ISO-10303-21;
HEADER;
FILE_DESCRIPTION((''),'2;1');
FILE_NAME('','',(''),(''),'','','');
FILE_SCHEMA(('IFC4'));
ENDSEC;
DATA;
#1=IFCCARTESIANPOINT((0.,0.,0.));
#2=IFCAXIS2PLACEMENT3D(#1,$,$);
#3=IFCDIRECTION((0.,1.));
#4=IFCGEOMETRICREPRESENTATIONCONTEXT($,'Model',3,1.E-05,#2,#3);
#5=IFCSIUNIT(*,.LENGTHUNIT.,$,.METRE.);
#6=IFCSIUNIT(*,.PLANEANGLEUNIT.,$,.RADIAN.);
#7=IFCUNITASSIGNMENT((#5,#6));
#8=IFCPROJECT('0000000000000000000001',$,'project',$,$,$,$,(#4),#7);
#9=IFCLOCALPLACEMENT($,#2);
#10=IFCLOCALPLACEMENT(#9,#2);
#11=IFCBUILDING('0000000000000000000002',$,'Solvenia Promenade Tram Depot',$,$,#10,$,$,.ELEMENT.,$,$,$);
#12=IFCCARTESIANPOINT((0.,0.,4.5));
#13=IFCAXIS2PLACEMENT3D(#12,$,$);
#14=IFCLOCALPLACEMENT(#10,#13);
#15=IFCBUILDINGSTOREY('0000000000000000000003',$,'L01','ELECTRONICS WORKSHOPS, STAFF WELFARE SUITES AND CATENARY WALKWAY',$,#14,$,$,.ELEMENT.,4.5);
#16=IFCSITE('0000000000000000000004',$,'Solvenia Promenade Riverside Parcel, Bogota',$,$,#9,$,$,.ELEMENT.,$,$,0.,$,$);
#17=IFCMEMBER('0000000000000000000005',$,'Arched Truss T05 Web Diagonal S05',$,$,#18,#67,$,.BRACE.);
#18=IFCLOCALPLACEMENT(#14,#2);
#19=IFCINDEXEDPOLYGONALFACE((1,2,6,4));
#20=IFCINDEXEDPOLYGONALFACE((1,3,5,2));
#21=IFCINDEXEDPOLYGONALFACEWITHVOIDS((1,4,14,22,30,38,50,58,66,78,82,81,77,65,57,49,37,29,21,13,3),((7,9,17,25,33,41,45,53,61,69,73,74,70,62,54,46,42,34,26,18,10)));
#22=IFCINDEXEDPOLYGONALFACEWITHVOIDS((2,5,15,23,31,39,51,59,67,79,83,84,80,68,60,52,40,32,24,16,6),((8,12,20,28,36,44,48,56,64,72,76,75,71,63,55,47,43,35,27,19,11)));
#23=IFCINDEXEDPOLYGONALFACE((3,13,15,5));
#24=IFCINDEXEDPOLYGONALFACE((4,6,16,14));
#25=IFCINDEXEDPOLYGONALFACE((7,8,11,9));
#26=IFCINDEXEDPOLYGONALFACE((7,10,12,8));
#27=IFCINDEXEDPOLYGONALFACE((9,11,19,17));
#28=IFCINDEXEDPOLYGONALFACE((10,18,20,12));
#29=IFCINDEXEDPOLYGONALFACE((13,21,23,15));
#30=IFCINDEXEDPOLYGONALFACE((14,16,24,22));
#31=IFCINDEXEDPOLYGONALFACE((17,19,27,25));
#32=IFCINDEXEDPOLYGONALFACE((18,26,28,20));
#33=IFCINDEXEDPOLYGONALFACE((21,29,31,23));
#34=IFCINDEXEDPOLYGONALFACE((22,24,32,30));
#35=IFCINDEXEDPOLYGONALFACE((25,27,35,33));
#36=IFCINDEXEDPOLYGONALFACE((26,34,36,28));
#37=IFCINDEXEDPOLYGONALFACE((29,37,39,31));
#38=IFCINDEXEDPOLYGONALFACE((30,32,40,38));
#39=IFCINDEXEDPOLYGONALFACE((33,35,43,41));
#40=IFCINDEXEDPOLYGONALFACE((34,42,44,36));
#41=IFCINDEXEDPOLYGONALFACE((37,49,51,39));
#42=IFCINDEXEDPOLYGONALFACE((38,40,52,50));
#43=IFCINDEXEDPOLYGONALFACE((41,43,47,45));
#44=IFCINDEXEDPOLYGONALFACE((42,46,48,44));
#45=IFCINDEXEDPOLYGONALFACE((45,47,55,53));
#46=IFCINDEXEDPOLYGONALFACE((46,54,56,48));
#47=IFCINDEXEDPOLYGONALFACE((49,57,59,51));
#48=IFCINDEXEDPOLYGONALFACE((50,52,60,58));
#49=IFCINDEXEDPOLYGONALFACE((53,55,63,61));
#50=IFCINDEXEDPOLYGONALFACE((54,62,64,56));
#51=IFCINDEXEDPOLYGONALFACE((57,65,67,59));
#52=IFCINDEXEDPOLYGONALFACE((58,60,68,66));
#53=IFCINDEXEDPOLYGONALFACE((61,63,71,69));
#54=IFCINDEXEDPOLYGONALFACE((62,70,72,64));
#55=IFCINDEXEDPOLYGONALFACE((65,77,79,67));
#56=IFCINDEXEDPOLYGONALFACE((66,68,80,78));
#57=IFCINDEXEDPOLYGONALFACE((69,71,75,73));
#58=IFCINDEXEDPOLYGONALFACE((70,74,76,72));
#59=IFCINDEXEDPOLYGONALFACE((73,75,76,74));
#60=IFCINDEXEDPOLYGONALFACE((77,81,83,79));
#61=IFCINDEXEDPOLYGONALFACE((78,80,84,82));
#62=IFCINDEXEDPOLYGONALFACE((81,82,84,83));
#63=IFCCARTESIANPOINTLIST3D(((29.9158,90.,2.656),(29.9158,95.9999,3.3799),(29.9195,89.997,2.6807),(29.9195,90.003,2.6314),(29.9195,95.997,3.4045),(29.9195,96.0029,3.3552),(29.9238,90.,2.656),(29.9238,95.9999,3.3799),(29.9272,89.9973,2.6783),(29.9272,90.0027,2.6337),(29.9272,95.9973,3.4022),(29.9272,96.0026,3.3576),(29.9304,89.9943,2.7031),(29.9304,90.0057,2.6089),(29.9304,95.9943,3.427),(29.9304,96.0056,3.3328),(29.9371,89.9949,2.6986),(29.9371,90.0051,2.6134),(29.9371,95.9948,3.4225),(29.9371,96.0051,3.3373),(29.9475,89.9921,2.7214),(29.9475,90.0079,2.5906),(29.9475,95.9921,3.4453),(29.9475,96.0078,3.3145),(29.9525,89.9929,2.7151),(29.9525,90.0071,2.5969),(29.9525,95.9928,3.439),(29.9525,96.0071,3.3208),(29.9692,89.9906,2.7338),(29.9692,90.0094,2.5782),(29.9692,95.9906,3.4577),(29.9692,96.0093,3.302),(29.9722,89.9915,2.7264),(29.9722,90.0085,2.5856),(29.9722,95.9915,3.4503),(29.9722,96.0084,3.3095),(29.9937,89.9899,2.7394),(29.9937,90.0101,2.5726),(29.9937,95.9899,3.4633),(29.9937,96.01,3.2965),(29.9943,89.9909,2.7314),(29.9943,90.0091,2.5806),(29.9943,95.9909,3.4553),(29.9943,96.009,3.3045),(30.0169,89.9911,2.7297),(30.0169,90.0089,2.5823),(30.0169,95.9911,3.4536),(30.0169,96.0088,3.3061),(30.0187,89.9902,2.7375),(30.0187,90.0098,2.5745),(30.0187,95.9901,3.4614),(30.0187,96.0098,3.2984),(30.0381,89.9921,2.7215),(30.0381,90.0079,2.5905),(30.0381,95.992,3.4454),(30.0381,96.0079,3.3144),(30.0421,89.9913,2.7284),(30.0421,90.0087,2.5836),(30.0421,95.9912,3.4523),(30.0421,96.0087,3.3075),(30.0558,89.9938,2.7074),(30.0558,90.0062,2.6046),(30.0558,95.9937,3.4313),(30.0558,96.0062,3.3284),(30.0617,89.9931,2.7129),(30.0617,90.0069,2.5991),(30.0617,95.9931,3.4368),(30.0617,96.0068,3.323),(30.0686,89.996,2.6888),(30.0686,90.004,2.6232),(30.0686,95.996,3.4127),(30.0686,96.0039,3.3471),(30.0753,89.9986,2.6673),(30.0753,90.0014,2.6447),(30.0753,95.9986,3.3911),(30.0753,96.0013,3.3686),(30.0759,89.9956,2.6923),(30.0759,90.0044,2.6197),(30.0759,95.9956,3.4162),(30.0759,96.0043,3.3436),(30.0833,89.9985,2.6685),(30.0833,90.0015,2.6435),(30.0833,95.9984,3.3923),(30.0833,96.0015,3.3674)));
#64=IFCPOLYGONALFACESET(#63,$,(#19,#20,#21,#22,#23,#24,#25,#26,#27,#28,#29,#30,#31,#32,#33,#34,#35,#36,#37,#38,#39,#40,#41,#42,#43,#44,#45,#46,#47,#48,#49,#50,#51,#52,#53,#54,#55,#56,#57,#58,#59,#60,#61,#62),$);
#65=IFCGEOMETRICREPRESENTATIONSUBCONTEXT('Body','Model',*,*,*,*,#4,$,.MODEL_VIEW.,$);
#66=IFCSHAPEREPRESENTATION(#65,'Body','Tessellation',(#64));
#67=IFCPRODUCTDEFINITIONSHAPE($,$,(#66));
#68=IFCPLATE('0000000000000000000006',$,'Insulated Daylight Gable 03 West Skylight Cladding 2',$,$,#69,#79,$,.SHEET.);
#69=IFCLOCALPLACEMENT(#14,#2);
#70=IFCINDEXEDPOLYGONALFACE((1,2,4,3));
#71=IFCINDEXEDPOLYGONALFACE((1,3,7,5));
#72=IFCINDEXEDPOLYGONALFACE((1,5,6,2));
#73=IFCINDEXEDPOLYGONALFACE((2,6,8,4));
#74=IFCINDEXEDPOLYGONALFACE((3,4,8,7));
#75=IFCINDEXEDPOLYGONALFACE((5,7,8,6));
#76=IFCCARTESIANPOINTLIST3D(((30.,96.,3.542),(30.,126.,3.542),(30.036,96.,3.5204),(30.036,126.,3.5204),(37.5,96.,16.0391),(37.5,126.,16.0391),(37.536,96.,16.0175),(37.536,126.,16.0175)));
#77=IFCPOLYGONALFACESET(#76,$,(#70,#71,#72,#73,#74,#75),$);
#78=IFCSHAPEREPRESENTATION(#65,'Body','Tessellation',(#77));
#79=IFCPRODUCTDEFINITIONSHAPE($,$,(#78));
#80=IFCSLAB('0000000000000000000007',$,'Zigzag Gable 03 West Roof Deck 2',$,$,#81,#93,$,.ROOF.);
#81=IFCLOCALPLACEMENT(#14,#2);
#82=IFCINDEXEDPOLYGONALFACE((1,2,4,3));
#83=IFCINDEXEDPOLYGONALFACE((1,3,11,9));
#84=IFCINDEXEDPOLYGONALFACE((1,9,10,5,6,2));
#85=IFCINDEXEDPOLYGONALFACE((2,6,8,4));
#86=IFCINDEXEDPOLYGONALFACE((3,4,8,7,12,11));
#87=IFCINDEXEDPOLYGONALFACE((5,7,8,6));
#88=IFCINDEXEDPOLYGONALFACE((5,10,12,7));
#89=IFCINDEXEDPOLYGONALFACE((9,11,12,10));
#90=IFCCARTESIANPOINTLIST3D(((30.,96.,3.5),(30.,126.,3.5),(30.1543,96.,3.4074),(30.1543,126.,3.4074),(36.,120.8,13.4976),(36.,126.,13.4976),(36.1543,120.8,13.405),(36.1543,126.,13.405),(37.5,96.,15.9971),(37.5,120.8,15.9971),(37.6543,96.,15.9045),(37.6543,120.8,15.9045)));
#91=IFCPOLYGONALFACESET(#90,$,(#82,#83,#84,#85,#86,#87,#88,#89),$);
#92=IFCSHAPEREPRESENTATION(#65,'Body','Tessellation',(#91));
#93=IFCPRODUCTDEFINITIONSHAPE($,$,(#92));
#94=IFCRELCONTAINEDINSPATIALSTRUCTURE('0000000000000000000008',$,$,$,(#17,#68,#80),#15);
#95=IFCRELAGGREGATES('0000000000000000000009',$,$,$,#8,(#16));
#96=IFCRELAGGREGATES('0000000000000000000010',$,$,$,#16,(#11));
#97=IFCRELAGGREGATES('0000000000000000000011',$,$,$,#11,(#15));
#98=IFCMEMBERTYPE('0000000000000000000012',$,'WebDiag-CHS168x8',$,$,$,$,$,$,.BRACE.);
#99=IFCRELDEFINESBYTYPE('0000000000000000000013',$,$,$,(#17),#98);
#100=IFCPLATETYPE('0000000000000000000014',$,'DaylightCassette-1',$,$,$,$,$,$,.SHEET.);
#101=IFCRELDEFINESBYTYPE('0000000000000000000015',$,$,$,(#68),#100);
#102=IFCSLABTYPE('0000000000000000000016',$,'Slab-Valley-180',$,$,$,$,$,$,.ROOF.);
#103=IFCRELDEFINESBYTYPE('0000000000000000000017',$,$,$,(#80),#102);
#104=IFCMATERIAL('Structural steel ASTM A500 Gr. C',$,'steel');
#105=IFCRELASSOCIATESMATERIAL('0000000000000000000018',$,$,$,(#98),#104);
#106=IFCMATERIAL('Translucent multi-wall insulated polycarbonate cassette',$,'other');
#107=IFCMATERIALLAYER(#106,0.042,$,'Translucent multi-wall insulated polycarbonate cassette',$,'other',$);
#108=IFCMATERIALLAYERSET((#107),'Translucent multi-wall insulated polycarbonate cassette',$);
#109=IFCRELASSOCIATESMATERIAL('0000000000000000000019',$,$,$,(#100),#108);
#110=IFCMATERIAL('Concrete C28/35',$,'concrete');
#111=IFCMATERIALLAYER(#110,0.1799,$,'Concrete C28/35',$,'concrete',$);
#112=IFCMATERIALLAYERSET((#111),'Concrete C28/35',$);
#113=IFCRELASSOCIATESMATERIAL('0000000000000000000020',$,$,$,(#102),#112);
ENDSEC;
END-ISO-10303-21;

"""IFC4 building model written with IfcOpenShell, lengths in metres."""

from ifc_helpers import new_model, si_unit, direction, frame, origin, origin_2d, place, context, subcontext, project, spatial, polyline, hollow_circle, outline, extrude, material, layer, layer_set, material_profile, profile_set, type_object, element, save


model = new_model("IFC4")

# Units and contexts
model_context = context("Model", 3, precision=1e-05, world=origin(), true_north=direction((0.0, 1.0)))
body_context = subcontext(model_context, "Body", "Model", "MODEL_VIEW")
ifc_project = project(units=[si_unit("LENGTHUNIT", "METRE"), si_unit("PLANEANGLEUNIT", "RADIAN")], contexts=[model_context])

# Site, building, storey
site_placement = place(None, origin())
site = spatial("IfcSite", under=ifc_project, at=site_placement, Name="Solvenia Promenade Riverside Parcel, Bogota", CompositionType="ELEMENT", RefElevation=0.0)
building_placement = place(site_placement, origin())
building = spatial("IfcBuilding", under=site, at=building_placement, Name="Solvenia Promenade Tram Depot", CompositionType="ELEMENT")
storey_placement = place(building_placement, frame((0.0, 0.0, 4.5)))
storey = spatial("IfcBuildingStorey", under=building, at=storey_placement, Name="L01", Description="ELECTRONICS WORKSHOPS, STAFF WELFARE SUITES AND CATENARY WALKWAY", CompositionType="ELEMENT", Elevation=4.5)

# Shared definitions
ifc_material_1 = material(Name="Structural steel ASTM A500 Gr. C", Category="steel")

# Member
ifc_material_profile_1 = material_profile(ifc_material_1, hollow_circle(Radius=0.0842, WallThickness=0.0081, at=origin_2d()), Name="CHS168.3x8", Category="steel")
ifc_profile_set_1 = profile_set([ifc_material_profile_1], Name="Structural steel ASTM A500 Gr. C")
member_type_1 = type_object("IfcMemberType", Name="WebDiag-CHS168x8", PredefinedType="BRACE", material=ifc_profile_set_1)
member_1_placement = place(storey_placement, frame((30.0, 90.0, 2.656), z_axis=(0.0, 0.992801, 0.119778), x_axis=(-1.0, 0.0, 0.0)))
element("IfcMember", 1, at=member_1_placement, inside=storey, type_object=member_type_1, Name="Arched Truss T05 Web Diagonal S05", PredefinedType="BRACE", context=body_context, shape_type="SweptSolid", body=[
    extrude(hollow_circle(Radius=0.0842, WallThickness=0.0081, at=origin_2d()), origin(), (0.0, 0.0, 1.0), 6.0435),
])

# Plate
ifc_material_2 = material(Name="Translucent multi-wall insulated polycarbonate cassette", Category="other")
ifc_layer_1 = layer(ifc_material_2, 0.042, Name="Translucent multi-wall insulated polycarbonate cassette", Category="other")
ifc_layer_set_1 = layer_set([ifc_layer_1], Name="Translucent multi-wall insulated polycarbonate cassette")
plate_type = type_object("IfcPlateType", Name="DaylightCassette-1", PredefinedType="SHEET", material=ifc_layer_set_1)
plate_placement = place(storey_placement, frame((30.0, 96.0, 3.542), z_axis=(-0.85744, 0.0, 0.514584), x_axis=(0.0, 1.0, 0.0)))
element("IfcPlate", 2, at=plate_placement, inside=storey, type_object=plate_type, Name="Insulated Daylight Gable 03 West Skylight Cladding 2", PredefinedType="SHEET", context=body_context, shape_type="SweptSolid", body=[
    extrude(outline(polyline([(0.0, 0.0), (30.0, 0.0), (30.0, -14.5749), (0.0, -14.5749), (0.0, 0.0)])), origin(), (0.0, 0.0, -1.0), 0.042),
])

# Slab
ifc_material_3 = material(Name="Concrete C28/35", Category="concrete")
ifc_layer_2 = layer(ifc_material_3, 0.1799, Name="Concrete C28/35", Category="concrete")
ifc_layer_set_2 = layer_set([ifc_layer_2], Name="Concrete C28/35")
slab_type = type_object("IfcSlabType", Name="Slab-Valley-180", PredefinedType="ROOF", material=ifc_layer_set_2)
slab_placement = place(storey_placement, frame((30.0, 96.0, 3.5), z_axis=(-0.857439, 0.000001, 0.514585), x_axis=(0.000001, 1.0, 0.0)))
element("IfcSlab", 3, at=slab_placement, inside=storey, type_object=slab_type, Name="Zigzag Gable 03 West Roof Deck 2", PredefinedType="ROOF", context=body_context, shape_type="SweptSolid", body=[
    extrude(outline(polyline([(0.0, 0.0), (30.0, 0.0), (30.0, -11.6598), (24.8, -11.6598), (24.8, -14.5749), (0.0, -14.5749), (0.0, 0.0)])), origin(), (0.0, 0.0, -1.0), 0.1799),
])

save(model, "model.ifc")
